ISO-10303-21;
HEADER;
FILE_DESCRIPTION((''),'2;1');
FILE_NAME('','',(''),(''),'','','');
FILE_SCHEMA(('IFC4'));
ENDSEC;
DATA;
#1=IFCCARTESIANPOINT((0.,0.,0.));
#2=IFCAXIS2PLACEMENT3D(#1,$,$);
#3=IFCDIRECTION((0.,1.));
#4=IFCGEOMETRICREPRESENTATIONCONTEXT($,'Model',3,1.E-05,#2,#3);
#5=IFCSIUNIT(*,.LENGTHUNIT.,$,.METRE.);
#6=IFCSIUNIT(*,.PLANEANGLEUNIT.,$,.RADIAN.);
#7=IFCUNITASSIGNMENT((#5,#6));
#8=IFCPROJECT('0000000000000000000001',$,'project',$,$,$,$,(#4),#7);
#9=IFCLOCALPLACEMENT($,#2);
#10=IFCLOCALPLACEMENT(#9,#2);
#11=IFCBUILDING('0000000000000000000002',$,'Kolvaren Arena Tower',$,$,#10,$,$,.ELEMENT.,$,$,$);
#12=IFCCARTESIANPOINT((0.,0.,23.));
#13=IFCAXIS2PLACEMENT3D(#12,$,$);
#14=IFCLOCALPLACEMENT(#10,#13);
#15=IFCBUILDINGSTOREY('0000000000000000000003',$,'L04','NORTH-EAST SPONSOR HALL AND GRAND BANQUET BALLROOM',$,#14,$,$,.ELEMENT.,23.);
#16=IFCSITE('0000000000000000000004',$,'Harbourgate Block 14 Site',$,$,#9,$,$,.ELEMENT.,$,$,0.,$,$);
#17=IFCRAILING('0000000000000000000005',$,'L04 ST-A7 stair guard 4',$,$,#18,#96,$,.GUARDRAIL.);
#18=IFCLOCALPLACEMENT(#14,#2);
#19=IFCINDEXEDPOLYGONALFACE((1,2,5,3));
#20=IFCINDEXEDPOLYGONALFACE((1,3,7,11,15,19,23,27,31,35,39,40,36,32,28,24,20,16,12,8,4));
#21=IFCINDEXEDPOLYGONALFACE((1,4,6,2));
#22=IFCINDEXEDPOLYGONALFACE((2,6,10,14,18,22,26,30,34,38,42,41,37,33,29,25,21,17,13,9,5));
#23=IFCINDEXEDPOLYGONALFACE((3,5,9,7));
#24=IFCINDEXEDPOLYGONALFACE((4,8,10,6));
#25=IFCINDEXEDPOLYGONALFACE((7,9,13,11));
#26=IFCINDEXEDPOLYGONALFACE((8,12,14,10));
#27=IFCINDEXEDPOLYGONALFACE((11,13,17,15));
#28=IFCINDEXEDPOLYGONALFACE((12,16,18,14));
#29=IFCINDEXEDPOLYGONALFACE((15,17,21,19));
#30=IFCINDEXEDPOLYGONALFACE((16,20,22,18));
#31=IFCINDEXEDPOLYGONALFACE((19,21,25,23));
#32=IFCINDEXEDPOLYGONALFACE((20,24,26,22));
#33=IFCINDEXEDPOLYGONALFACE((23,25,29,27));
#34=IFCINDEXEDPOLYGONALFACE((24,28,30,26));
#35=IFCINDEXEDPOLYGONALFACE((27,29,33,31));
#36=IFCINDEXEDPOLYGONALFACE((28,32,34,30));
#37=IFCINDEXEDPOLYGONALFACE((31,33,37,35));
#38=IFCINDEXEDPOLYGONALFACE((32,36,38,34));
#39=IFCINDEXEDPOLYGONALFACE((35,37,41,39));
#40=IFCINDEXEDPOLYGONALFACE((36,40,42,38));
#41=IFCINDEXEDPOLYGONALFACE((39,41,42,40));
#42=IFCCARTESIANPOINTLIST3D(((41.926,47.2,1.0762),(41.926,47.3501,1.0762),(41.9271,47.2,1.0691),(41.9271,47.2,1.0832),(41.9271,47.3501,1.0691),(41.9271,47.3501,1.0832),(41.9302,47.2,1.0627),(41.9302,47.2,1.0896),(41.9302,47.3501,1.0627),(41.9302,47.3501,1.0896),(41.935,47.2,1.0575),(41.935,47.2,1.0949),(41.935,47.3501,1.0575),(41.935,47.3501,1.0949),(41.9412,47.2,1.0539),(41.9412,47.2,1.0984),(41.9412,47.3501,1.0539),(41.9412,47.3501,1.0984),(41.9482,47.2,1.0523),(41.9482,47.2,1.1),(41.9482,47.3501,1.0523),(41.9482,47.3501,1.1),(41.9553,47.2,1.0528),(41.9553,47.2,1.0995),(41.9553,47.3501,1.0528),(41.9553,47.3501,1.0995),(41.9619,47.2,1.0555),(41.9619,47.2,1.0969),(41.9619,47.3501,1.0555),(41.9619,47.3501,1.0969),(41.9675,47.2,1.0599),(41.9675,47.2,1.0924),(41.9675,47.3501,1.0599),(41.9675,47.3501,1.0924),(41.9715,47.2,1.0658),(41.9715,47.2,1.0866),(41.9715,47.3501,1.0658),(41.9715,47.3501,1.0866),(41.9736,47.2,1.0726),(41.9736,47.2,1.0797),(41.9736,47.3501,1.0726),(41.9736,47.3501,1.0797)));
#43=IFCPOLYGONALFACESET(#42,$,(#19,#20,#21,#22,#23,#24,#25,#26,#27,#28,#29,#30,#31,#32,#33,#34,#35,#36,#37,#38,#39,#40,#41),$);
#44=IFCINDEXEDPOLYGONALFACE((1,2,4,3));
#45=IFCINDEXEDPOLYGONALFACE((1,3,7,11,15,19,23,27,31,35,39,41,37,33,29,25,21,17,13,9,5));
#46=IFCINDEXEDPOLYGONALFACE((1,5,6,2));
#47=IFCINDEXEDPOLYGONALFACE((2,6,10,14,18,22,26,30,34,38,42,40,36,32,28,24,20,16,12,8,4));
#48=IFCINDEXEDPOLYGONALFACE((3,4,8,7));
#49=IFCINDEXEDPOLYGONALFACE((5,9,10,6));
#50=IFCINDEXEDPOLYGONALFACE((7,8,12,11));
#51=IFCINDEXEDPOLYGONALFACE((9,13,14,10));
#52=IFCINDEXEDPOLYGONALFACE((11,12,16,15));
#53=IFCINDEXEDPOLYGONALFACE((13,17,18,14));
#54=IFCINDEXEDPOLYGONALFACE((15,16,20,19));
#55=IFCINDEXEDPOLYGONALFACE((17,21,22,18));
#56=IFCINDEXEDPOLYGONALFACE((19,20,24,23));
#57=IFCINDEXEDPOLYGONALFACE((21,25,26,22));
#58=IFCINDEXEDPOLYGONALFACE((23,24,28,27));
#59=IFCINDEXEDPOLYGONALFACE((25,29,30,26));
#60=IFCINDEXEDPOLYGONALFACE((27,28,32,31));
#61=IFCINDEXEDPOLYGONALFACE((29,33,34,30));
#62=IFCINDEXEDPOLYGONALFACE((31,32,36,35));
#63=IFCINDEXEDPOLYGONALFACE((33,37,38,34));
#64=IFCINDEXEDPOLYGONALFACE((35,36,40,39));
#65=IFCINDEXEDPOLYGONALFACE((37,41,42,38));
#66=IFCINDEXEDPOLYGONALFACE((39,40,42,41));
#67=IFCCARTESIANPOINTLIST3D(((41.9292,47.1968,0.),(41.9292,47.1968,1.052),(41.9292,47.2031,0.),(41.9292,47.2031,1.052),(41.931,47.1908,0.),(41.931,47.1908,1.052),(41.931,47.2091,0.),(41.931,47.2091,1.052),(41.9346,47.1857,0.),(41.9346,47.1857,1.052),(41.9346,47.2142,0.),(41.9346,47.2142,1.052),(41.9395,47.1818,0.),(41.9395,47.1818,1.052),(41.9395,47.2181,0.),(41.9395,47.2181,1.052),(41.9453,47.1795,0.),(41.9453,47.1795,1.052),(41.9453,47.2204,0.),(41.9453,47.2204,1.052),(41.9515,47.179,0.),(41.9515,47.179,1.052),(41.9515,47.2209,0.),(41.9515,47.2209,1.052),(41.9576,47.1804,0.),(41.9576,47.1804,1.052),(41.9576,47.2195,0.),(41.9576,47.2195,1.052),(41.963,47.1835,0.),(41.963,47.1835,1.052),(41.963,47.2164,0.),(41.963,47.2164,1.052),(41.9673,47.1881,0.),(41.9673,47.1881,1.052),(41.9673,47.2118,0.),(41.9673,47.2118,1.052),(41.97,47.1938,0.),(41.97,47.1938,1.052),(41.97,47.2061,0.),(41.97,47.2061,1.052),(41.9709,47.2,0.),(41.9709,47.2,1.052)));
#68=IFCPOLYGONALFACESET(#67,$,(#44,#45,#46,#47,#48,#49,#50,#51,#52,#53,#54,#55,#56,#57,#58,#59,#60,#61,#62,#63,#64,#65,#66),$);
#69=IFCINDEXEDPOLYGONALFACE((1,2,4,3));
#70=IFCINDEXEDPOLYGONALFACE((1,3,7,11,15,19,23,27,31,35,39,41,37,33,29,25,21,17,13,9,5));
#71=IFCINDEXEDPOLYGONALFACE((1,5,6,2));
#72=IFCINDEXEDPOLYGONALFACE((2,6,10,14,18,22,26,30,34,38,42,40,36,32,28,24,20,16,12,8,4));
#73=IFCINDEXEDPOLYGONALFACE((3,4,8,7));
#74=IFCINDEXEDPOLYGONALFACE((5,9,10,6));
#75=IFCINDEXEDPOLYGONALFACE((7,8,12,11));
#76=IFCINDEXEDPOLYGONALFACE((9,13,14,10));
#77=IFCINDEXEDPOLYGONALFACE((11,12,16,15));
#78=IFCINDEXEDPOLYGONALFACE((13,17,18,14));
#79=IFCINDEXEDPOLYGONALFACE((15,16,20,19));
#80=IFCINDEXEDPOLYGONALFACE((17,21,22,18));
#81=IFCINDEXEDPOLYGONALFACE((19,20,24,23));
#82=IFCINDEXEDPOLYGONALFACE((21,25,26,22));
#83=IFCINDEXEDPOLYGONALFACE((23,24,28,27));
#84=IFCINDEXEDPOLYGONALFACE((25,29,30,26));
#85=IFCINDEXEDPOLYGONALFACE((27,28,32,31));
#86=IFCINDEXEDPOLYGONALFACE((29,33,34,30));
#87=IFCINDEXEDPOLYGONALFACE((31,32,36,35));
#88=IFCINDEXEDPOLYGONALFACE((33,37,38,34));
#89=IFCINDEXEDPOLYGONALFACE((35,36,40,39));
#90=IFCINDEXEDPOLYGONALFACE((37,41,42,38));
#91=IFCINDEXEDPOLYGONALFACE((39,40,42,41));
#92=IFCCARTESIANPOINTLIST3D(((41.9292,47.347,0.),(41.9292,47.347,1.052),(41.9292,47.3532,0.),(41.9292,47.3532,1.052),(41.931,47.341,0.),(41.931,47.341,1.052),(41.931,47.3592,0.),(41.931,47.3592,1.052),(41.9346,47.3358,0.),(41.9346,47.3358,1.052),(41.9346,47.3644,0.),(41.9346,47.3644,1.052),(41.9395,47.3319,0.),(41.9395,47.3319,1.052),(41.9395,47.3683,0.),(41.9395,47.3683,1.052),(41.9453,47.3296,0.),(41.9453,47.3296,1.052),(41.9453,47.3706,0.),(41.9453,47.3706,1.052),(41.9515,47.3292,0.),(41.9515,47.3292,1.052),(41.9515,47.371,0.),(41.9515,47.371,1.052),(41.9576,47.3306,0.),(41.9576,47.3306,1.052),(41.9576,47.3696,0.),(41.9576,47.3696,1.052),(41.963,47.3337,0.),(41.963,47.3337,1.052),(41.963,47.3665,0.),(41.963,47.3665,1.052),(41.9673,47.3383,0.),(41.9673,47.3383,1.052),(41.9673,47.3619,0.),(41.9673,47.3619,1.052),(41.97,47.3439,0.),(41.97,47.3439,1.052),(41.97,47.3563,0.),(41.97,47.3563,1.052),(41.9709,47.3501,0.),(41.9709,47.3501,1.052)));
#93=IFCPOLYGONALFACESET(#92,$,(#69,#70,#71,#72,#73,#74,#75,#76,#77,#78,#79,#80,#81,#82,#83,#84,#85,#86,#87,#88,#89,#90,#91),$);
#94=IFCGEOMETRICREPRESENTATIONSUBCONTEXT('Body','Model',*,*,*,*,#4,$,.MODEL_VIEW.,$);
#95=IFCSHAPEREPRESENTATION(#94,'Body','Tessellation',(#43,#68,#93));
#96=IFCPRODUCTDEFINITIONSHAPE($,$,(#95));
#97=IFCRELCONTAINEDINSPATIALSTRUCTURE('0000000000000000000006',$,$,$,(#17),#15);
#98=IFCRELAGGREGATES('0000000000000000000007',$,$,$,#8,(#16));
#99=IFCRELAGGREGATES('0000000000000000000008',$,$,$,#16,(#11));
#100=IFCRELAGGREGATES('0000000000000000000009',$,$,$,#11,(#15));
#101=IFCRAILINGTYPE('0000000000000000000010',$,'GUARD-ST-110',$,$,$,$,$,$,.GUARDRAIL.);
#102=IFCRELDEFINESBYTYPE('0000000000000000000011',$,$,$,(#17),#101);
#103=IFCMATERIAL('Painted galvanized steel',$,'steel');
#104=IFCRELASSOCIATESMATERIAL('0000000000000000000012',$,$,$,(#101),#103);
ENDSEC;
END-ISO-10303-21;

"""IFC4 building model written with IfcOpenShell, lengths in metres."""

from ifc_helpers import new_model, si_unit, direction, frame, origin, origin_2d, place, context, subcontext, project, spatial, circle, extrude, material, type_object, element, save


model = new_model("IFC4")

# Units and contexts
model_context = context("Model", 3, precision=1e-05, world=origin(), true_north=direction((0.0, 1.0)))
body_context = subcontext(model_context, "Body", "Model", "MODEL_VIEW")
ifc_project = project(units=[si_unit("LENGTHUNIT", "METRE"), si_unit("PLANEANGLEUNIT", "RADIAN")], contexts=[model_context])

# Site, building, storey
site_placement = place(None, origin())
site = spatial("IfcSite", under=ifc_project, at=site_placement, Name="Harbourgate Block 14 Site", CompositionType="ELEMENT", RefElevation=0.0)
building_placement = place(site_placement, origin())
building = spatial("IfcBuilding", under=site, at=building_placement, Name="Kolvaren Arena Tower", CompositionType="ELEMENT")
storey_placement = place(building_placement, frame((0.0, 0.0, 23.0)))
storey = spatial("IfcBuildingStorey", under=building, at=storey_placement, Name="L04", Description="NORTH-EAST SPONSOR HALL AND GRAND BANQUET BALLROOM", CompositionType="ELEMENT", Elevation=23.0)

# Railing
ifc_material_1 = material(Name="Painted galvanized steel", Category="steel")
railing_type_1 = type_object("IfcRailingType", Name="GUARD-ST-110", PredefinedType="GUARDRAIL", material=ifc_material_1)
railing_1_placement = place(storey_placement, frame((41.95, 47.2, 0.0)))
element("IfcRailing", 1, at=railing_1_placement, inside=storey, type_object=railing_type_1, Name="L04 ST-A7 stair guard 4", PredefinedType="GUARDRAIL", context=body_context, shape_type="SweptSolid", body=[
    extrude(circle(Radius=0.0239, at=origin_2d()), frame((0.0, 0.0, 1.0762), z_axis=(0.0, 1.0, 0.0), x_axis=(-1.0, 0.0, 0.0)), (0.0, 0.0, 1.0), 0.1501),
    extrude(circle(Radius=0.021, at=origin_2d()), origin(), (0.0, 0.0, 1.0), 1.052),
    extrude(circle(Radius=0.021, at=origin_2d()), frame((0.0, 0.1501, 0.0)), (0.0, 0.0, 1.0), 1.052),
])

save(model, "model.ifc")
